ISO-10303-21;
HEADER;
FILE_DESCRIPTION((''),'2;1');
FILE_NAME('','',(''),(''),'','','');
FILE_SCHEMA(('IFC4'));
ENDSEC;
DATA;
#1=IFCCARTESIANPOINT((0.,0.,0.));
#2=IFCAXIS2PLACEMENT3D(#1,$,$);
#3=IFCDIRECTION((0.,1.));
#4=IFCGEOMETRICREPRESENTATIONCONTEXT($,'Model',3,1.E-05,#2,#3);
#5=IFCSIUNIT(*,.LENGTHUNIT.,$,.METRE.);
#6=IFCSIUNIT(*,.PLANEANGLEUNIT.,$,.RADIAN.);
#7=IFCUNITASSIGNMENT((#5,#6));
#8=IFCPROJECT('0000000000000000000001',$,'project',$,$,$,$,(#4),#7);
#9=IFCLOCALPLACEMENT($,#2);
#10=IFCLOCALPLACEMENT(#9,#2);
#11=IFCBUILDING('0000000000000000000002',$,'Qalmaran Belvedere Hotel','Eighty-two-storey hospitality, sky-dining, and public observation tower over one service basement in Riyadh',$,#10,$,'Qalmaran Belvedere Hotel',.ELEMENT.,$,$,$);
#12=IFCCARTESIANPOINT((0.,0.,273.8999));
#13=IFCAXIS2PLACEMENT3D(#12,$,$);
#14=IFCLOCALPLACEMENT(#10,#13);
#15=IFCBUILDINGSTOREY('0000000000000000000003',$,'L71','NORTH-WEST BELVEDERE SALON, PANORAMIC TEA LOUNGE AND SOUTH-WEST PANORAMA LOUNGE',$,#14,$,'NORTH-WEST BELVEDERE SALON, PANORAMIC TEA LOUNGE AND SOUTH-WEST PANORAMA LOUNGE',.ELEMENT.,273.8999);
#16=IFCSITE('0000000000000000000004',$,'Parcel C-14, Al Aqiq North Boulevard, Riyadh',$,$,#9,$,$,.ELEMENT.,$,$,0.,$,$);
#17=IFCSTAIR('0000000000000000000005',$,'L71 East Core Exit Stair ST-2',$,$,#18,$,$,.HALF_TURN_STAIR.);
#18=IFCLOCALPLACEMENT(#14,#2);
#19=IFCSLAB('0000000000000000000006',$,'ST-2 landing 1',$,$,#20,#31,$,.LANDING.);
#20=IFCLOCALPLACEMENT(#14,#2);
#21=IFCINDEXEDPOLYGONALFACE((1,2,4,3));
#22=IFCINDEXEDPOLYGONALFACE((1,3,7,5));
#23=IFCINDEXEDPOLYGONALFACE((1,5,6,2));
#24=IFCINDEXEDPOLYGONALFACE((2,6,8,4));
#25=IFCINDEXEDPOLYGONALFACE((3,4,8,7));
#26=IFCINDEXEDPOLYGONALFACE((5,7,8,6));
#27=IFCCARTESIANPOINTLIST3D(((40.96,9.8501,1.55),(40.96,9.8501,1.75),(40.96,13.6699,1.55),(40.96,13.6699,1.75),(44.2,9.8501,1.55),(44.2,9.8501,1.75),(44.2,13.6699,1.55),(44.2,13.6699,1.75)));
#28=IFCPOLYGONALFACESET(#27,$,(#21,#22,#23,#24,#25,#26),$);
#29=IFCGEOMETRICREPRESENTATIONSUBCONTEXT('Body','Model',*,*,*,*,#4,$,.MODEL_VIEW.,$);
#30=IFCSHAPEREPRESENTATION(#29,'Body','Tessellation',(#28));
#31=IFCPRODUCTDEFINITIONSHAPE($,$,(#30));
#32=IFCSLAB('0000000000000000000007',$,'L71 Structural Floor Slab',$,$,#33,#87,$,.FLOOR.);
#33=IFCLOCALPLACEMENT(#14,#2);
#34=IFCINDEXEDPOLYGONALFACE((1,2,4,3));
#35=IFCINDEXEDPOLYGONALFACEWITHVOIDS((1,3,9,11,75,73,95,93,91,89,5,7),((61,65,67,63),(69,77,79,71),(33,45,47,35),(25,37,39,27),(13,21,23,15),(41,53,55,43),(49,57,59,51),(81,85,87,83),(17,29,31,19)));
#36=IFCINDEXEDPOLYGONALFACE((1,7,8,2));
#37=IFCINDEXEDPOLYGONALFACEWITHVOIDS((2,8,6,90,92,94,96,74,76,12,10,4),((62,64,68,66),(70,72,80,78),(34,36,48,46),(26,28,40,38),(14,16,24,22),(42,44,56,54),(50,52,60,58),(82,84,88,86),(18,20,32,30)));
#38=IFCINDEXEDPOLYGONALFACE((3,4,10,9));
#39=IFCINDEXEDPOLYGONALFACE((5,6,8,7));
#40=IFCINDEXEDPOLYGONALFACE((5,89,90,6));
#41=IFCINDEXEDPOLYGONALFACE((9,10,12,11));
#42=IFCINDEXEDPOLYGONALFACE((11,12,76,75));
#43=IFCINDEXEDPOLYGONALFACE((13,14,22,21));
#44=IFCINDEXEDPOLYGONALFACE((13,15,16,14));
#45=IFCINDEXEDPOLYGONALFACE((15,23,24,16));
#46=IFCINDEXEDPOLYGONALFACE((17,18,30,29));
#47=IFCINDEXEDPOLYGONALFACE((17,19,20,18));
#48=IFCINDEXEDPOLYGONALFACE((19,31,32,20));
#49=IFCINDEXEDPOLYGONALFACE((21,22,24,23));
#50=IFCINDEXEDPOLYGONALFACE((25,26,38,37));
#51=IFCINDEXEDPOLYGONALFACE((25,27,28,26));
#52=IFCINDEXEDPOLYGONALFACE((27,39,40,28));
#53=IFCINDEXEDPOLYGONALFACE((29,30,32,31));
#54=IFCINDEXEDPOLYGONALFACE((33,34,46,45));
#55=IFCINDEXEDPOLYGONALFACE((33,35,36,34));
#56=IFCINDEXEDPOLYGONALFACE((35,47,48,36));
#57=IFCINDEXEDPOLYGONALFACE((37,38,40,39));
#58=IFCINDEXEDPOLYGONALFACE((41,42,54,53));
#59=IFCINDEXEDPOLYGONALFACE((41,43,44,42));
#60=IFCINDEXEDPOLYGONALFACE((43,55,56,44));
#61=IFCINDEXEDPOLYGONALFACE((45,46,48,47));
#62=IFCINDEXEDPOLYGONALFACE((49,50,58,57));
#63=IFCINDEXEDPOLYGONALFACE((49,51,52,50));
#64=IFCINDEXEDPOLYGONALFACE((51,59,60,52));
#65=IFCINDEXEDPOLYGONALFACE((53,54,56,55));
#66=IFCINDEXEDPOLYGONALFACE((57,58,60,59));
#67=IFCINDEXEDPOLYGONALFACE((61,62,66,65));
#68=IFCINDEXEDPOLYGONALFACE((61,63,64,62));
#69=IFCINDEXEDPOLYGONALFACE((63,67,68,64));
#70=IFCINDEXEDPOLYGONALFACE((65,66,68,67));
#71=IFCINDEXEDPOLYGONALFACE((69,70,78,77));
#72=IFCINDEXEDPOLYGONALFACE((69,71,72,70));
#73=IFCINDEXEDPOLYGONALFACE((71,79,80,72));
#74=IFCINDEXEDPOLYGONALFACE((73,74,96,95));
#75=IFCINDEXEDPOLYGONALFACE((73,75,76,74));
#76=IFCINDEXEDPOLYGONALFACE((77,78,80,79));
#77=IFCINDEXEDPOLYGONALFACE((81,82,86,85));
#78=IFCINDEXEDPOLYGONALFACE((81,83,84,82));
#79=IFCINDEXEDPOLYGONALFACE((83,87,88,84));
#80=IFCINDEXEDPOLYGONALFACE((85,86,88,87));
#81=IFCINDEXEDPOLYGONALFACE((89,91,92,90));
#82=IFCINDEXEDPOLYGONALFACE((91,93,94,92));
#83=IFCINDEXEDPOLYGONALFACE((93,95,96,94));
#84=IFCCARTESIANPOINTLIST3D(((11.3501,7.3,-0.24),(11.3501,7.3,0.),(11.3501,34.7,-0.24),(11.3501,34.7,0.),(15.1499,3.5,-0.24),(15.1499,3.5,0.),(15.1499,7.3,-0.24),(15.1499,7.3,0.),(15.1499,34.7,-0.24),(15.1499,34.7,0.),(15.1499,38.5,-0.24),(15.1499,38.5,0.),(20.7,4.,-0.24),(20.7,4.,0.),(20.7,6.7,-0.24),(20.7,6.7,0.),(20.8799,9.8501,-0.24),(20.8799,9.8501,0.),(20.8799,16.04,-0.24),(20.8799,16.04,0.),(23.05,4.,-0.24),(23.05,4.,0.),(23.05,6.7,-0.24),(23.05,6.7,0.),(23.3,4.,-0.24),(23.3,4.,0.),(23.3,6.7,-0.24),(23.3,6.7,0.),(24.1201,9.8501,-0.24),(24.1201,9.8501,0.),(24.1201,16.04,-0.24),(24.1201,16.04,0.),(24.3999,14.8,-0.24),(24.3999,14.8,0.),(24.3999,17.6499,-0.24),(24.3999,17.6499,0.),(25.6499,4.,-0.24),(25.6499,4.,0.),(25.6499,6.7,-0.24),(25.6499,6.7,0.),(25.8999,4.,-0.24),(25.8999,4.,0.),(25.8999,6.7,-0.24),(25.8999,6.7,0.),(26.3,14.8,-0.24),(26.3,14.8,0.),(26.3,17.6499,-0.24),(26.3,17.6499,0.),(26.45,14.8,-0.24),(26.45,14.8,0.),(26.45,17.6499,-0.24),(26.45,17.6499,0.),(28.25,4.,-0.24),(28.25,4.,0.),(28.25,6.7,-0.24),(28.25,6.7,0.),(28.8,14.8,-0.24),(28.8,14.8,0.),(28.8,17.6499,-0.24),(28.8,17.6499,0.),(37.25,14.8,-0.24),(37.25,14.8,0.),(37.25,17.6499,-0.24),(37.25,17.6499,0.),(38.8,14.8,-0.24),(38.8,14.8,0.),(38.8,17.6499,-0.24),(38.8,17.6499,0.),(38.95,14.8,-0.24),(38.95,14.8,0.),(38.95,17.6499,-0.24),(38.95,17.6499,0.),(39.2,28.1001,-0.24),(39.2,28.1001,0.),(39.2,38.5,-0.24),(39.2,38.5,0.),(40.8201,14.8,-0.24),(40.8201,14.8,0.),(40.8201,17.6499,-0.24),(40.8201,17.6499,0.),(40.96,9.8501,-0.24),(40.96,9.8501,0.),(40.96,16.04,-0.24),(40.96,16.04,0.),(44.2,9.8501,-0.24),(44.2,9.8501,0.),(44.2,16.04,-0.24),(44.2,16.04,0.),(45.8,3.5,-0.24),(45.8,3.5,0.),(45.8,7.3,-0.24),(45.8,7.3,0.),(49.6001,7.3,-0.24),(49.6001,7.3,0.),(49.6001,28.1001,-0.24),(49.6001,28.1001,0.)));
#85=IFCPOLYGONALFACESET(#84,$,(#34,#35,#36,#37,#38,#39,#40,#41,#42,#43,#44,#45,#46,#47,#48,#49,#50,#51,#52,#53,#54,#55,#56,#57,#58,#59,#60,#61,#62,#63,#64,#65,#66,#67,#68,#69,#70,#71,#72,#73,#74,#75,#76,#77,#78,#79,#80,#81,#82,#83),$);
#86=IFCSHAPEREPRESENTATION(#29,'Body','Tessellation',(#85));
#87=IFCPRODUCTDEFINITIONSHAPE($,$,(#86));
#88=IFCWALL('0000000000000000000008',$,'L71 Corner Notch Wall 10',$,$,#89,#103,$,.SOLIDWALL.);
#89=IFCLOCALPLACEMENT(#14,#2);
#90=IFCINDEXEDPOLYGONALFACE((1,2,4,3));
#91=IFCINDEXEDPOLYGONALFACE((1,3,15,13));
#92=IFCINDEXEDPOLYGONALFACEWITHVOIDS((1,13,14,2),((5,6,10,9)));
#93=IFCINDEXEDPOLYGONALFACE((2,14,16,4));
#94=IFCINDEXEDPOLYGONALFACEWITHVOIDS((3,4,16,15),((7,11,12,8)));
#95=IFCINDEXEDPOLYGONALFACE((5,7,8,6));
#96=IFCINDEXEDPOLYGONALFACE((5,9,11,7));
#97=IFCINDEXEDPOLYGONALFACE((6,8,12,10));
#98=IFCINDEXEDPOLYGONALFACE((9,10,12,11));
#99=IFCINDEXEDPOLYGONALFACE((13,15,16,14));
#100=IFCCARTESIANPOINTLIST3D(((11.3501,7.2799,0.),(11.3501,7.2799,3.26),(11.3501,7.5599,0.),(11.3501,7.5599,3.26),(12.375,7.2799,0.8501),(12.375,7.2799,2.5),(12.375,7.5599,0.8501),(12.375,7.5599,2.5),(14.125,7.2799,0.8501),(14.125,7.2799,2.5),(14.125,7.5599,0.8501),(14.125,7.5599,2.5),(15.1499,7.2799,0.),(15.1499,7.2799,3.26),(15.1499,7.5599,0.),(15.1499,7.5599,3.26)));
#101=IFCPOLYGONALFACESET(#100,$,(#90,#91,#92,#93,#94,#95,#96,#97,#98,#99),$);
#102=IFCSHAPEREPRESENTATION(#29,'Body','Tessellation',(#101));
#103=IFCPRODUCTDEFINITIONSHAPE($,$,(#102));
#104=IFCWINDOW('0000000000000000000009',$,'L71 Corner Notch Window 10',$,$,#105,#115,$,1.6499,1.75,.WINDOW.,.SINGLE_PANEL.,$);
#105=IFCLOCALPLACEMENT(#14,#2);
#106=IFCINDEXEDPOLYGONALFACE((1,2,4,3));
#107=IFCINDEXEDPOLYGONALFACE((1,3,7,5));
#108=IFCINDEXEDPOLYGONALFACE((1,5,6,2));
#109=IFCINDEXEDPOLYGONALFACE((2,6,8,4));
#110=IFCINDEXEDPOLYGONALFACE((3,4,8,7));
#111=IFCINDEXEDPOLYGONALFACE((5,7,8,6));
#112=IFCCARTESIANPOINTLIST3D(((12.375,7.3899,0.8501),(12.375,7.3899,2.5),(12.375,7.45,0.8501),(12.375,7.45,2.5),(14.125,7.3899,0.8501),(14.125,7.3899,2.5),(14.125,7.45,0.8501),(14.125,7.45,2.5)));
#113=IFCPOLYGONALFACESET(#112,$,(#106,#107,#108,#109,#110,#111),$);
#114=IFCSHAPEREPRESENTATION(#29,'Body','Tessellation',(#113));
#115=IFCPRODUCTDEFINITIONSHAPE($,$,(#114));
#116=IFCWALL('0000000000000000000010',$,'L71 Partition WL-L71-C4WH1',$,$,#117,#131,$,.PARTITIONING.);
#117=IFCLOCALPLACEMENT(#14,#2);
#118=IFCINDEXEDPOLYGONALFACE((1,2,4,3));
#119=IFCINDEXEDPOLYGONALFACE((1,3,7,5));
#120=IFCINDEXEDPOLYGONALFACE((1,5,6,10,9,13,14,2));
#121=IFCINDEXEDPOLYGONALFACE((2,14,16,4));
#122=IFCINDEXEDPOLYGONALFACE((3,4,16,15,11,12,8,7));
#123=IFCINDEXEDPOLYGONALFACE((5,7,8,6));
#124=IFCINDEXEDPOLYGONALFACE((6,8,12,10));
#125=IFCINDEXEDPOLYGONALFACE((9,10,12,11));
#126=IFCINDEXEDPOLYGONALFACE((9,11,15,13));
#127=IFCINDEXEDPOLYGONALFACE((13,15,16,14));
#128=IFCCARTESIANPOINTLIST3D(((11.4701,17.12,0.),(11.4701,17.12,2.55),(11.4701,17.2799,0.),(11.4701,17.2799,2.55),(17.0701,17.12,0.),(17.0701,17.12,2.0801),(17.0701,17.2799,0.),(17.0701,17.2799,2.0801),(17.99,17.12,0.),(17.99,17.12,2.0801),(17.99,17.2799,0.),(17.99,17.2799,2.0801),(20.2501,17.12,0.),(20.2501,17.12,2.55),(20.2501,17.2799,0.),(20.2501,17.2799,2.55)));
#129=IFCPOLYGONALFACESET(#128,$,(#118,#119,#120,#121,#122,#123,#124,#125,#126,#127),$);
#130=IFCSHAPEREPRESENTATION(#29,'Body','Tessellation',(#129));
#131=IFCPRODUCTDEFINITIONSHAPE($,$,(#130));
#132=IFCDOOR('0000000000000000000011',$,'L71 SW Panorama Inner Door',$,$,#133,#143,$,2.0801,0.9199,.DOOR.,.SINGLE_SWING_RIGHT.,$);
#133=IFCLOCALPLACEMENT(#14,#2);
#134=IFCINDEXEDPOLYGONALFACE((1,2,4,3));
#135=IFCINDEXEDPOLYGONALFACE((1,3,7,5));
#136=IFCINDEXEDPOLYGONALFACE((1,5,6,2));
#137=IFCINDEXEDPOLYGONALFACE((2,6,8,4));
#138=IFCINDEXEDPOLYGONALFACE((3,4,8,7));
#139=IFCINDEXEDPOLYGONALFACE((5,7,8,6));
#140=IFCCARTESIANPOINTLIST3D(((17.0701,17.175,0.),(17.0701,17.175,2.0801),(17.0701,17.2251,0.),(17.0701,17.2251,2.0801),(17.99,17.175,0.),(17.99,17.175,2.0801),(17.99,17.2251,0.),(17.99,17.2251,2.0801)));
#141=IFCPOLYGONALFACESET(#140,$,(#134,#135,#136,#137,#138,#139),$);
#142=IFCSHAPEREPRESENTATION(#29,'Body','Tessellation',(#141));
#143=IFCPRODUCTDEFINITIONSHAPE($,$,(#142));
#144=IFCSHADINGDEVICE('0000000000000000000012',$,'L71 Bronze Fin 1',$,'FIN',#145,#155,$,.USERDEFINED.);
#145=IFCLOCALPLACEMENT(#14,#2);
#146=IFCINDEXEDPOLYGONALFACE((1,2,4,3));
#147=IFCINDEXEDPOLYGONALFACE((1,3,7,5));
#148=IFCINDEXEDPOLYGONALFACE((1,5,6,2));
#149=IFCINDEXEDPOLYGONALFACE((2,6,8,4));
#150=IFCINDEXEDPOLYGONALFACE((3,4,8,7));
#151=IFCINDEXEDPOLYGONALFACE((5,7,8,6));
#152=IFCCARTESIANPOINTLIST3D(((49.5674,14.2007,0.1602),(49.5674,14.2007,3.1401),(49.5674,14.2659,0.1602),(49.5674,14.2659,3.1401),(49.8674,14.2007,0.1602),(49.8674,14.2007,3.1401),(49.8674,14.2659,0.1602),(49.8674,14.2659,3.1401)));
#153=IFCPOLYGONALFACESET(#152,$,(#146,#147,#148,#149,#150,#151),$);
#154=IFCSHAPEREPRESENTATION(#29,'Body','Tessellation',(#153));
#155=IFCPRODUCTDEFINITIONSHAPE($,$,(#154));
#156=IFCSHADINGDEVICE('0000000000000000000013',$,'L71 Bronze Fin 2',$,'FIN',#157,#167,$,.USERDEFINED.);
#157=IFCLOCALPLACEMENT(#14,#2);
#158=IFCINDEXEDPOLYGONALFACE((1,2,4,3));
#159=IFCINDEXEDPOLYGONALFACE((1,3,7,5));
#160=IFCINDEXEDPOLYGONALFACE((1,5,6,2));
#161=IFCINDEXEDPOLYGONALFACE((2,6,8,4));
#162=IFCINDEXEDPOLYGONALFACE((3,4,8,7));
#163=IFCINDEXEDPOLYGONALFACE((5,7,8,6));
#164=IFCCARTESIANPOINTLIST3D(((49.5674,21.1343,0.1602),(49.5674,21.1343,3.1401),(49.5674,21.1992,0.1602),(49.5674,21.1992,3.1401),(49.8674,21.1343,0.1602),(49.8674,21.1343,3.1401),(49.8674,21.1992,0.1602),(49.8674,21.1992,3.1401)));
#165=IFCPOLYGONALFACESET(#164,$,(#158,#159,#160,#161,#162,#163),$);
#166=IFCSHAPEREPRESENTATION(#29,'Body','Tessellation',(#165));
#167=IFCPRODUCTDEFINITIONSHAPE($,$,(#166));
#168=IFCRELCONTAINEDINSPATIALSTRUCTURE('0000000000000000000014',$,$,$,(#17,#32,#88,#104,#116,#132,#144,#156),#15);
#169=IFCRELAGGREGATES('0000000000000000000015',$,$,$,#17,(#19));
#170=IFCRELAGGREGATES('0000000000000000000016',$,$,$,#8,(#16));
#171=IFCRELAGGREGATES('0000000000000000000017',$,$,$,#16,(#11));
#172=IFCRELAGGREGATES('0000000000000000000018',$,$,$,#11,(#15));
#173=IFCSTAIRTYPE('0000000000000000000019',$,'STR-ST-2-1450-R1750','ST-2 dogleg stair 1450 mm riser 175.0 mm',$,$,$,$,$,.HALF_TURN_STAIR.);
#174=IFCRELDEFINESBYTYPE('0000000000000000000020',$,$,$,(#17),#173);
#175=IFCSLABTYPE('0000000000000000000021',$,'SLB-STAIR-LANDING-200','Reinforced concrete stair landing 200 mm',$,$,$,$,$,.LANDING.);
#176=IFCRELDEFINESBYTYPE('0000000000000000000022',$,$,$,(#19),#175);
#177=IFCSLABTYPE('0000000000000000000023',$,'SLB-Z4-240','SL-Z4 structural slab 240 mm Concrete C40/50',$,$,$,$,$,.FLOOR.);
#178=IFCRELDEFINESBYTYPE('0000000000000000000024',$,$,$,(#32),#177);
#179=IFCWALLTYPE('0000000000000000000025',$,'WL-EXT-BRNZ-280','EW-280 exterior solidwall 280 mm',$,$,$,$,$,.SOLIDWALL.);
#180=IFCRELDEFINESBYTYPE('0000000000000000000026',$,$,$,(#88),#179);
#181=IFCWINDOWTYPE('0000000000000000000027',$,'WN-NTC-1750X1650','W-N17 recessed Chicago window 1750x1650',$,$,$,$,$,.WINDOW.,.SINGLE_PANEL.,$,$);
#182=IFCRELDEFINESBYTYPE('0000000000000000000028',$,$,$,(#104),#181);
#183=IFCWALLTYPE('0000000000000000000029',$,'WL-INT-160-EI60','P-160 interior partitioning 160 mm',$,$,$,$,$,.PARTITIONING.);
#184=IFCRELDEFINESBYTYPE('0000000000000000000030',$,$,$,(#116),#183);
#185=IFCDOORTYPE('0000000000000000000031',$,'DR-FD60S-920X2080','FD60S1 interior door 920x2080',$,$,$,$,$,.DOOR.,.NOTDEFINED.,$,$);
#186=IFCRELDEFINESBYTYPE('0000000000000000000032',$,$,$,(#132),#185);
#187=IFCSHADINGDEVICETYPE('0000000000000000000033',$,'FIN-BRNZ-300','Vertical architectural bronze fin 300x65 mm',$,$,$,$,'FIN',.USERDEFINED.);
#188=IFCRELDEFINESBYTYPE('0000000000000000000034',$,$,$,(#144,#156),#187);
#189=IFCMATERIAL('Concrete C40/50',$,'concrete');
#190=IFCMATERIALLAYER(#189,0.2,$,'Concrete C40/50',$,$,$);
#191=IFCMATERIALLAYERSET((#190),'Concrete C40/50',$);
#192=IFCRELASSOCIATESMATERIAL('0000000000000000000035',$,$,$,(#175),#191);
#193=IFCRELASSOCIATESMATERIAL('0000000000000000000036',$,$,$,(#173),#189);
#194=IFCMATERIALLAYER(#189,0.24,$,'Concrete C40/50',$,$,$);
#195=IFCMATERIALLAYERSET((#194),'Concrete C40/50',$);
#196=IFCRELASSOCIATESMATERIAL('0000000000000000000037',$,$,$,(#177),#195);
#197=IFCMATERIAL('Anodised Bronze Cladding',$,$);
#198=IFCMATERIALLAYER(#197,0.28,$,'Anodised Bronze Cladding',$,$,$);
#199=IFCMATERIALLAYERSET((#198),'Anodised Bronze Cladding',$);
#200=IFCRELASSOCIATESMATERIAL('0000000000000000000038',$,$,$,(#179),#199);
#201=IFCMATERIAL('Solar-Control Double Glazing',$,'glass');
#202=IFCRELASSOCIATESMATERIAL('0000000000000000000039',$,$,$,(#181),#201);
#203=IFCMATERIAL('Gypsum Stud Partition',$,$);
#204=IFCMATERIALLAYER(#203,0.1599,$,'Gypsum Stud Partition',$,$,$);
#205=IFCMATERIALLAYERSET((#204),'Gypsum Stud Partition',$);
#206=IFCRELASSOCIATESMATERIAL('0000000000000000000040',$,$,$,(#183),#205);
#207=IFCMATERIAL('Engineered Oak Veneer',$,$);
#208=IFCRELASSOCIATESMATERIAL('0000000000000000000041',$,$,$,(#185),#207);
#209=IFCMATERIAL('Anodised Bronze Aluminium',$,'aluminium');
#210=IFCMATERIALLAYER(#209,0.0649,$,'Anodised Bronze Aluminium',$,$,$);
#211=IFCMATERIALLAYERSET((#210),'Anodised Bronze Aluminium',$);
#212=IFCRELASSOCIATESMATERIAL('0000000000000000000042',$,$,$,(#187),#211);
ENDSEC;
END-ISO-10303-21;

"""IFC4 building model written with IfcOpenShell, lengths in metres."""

from ifc_helpers import new_model, si_unit, direction, frame, frame_2d, origin, place, context, subcontext, project, spatial, polyline, rectangle, outline, extrude, material, layer, layer_set, type_object, element, fill, aggregate, save


model = new_model("IFC4")

# Units and contexts
model_context = context("Model", 3, precision=1e-05, world=origin(), true_north=direction((0.0, 1.0)))
body_context = subcontext(model_context, "Body", "Model", "MODEL_VIEW")
ifc_project = project(units=[si_unit("LENGTHUNIT", "METRE"), si_unit("PLANEANGLEUNIT", "RADIAN")], contexts=[model_context])

# Site, building, storey
site_placement = place(None, origin())
site = spatial("IfcSite", under=ifc_project, at=site_placement, Name="Parcel C-14, Al Aqiq North Boulevard, Riyadh", CompositionType="ELEMENT", RefElevation=0.0)
building_placement = place(site_placement, origin())
building = spatial("IfcBuilding", under=site, at=building_placement, Name="Qalmaran Belvedere Hotel", Description="Eighty-two-storey hospitality, sky-dining, and public observation tower over one service basement in Riyadh", LongName="Qalmaran Belvedere Hotel", CompositionType="ELEMENT")
storey_placement = place(building_placement, frame((0.0, 0.0, 273.8999)))
storey = spatial("IfcBuildingStorey", under=building, at=storey_placement, Name="L71", Description="NORTH-WEST BELVEDERE SALON, PANORAMIC TEA LOUNGE AND SOUTH-WEST PANORAMA LOUNGE", LongName="NORTH-WEST BELVEDERE SALON, PANORAMIC TEA LOUNGE AND SOUTH-WEST PANORAMA LOUNGE", CompositionType="ELEMENT", Elevation=273.8999)

# Shared definitions
ifc_material_1 = material(Name="Anodised Bronze Aluminium", Category="aluminium")

# Shared definitions
ifc_material_2 = material(Name="Solar-Control Double Glazing", Category="glass")

# Shared definitions
ifc_material_3 = material(Name="Concrete C40/50", Category="concrete")

# Stair, slab
ifc_layer_1 = layer(ifc_material_3, 0.2, Name="Concrete C40/50")
ifc_layer_set_1 = layer_set([ifc_layer_1], Name="Concrete C40/50")
slab_type_1 = type_object("IfcSlabType", Name="SLB-STAIR-LANDING-200", Description="Reinforced concrete stair landing 200 mm", PredefinedType="LANDING", material=ifc_layer_set_1)
stair_type_1 = type_object("IfcStairType", Name="STR-ST-2-1450-R1750", Description="ST-2 dogleg stair 1450 mm riser 175.0 mm", PredefinedType="HALF_TURN_STAIR", material=ifc_material_3)
stair_1_placement = place(storey_placement, origin())
stair_1 = element("IfcStair", 1, at=stair_1_placement, inside=storey, type_object=stair_type_1, Name="L71 East Core Exit Stair ST-2", PredefinedType="HALF_TURN_STAIR")
slab_1_placement = place(storey_placement, frame((0.0, 0.0, 1.55)))
slab_1 = element("IfcSlab", 2, at=slab_1_placement, type_object=slab_type_1, Name="ST-2 landing 1", PredefinedType="LANDING", context=body_context, shape_type="SweptSolid", body=[
    extrude(outline(polyline([(40.96, 13.6699), (40.96, 9.8501), (44.2, 9.8501), (44.2, 13.6699), (40.96, 13.6699)])), origin(), (0.0, 0.0, 1.0), 0.2),
])
aggregate(stair_1, [slab_1])

# Slab
ifc_layer_2 = layer(ifc_material_3, 0.24, Name="Concrete C40/50")
ifc_layer_set_2 = layer_set([ifc_layer_2], Name="Concrete C40/50")
slab_type_2 = type_object("IfcSlabType", Name="SLB-Z4-240", Description="SL-Z4 structural slab 240 mm Concrete C40/50", PredefinedType="FLOOR", material=ifc_layer_set_2)
slab_2_placement = place(storey_placement, frame((0.0, 0.0, -0.24)))
element("IfcSlab", 3, at=slab_2_placement, inside=storey, type_object=slab_type_2, Name="L71 Structural Floor Slab", PredefinedType="FLOOR", context=body_context, shape_type="SweptSolid", body=[
    extrude(outline(polyline([(15.1499, 3.5), (45.8, 3.5), (45.8, 7.3), (49.6001, 7.3), (49.6001, 28.1001), (39.2, 28.1001), (39.2, 38.5), (15.1499, 38.5), (15.1499, 34.7), (11.3501, 34.7), (11.3501, 7.3), (15.1499, 7.3), (15.1499, 3.5)]), holes=[polyline([(20.8799, 9.8501), (24.1201, 9.8501), (24.1201, 16.04), (20.8799, 16.04), (20.8799, 9.8501)]), polyline([(40.96, 9.8501), (44.2, 9.8501), (44.2, 16.04), (40.96, 16.04), (40.96, 9.8501)]), polyline([(20.7, 4.0), (23.05, 4.0), (23.05, 6.7), (20.7, 6.7), (20.7, 4.0)]), polyline([(23.3, 4.0), (25.6499, 4.0), (25.6499, 6.7), (23.3, 6.7), (23.3, 4.0)]), polyline([(25.8999, 4.0), (28.25, 4.0), (28.25, 6.7), (25.8999, 6.7), (25.8999, 4.0)]), polyline([(24.3999, 14.8), (26.3, 14.8), (26.3, 17.6499), (24.3999, 17.6499), (24.3999, 14.8)]), polyline([(38.95, 14.8), (40.8201, 14.8), (40.8201, 17.6499), (38.95, 17.6499), (38.95, 14.8)]), polyline([(26.45, 14.8), (28.8, 14.8), (28.8, 17.6499), (26.45, 17.6499), (26.45, 14.8)]), polyline([(37.25, 14.8), (38.8, 14.8), (38.8, 17.6499), (37.25, 17.6499), (37.25, 14.8)])]), origin(), (0.0, 0.0, 1.0), 0.24),
])

# Wall, opening, window
ifc_material_4 = material(Name="Anodised Bronze Cladding")
ifc_layer_3 = layer(ifc_material_4, 0.28, Name="Anodised Bronze Cladding")
ifc_layer_set_3 = layer_set([ifc_layer_3], Name="Anodised Bronze Cladding")
wall_type_1 = type_object("IfcWallType", Name="WL-EXT-BRNZ-280", Description="EW-280 exterior solidwall 280 mm", PredefinedType="SOLIDWALL", material=ifc_layer_set_3)
wall_1_placement = place(storey_placement, frame((11.3501, 7.4199, 0.0), z_axis=(0.0, 0.0, 1.0), x_axis=(1.0, 0.0, 0.0)))
wall_1 = element("IfcWall", 4, at=wall_1_placement, inside=storey, type_object=wall_type_1, Name="L71 Corner Notch Wall 10", PredefinedType="SOLIDWALL", context=body_context, shape_type="SweptSolid", body=[
    extrude(rectangle(XDim=3.7998, YDim=0.28, at=frame_2d((1.8999, 0.0))), origin(), (0.0, 0.0, 1.0), 3.26),
])
opening_1_placement = place(wall_1_placement, frame((1.0249, 0.0, 0.8501)))
opening_1 = element("IfcOpeningElement", 5, at=opening_1_placement, cuts=wall_1, PredefinedType="OPENING", context=body_context, shape_type="SweptSolid", body=[
    extrude(rectangle(XDim=1.75, YDim=1.6499, at=frame_2d((0.875, 0.825))), frame((0.0, 0.1499, 0.0), z_axis=(0.0, -1.0, 0.0), x_axis=(1.0, 0.0, 0.0)), (0.0, 0.0, 1.0), 0.3),
])
window_type = type_object("IfcWindowType", Name="WN-NTC-1750X1650", Description="W-N17 recessed Chicago window 1750x1650", PartitioningType="SINGLE_PANEL", PredefinedType="WINDOW", material=ifc_material_2)
window_placement = place(opening_1_placement, origin())
window = element("IfcWindow", 6, at=window_placement, inside=storey, type_object=window_type, Name="L71 Corner Notch Window 10", OverallHeight=1.6499, OverallWidth=1.75, PartitioningType="SINGLE_PANEL", PredefinedType="WINDOW", context=body_context, shape_type="SweptSolid", body=[
    extrude(rectangle(XDim=1.75, YDim=1.6499, at=frame_2d((0.875, 0.825))), frame((0.0, 0.03, 0.0), z_axis=(0.0, -1.0, 0.0), x_axis=(1.0, 0.0, 0.0)), (0.0, 0.0, 1.0), 0.0601),
])
fill(opening_1, window)

# Wall, opening, door
ifc_material_5 = material(Name="Gypsum Stud Partition")
ifc_layer_4 = layer(ifc_material_5, 0.1599, Name="Gypsum Stud Partition")
ifc_layer_set_4 = layer_set([ifc_layer_4], Name="Gypsum Stud Partition")
wall_type_2 = type_object("IfcWallType", Name="WL-INT-160-EI60", Description="P-160 interior partitioning 160 mm", PredefinedType="PARTITIONING", material=ifc_layer_set_4)
wall_2_placement = place(storey_placement, frame((11.47, 17.2, 0.0), z_axis=(0.0, 0.0, 1.0), x_axis=(1.0, 0.0, 0.0)))
wall_2 = element("IfcWall", 7, at=wall_2_placement, inside=storey, type_object=wall_type_2, Name="L71 Partition WL-L71-C4WH1", PredefinedType="PARTITIONING", context=body_context, shape_type="SweptSolid", body=[
    extrude(rectangle(XDim=8.78, YDim=0.1599, at=frame_2d((4.3901, 0.0))), origin(), (0.0, 0.0, 1.0), 2.55),
])
opening_2_placement = place(wall_2_placement, frame((6.52, 0.0, 0.0), z_axis=(0.0, 0.0, 1.0), x_axis=(-1.0, 0.0, 0.0)))
opening_2 = element("IfcOpeningElement", 8, at=opening_2_placement, cuts=wall_2, PredefinedType="OPENING", context=body_context, shape_type="SweptSolid", body=[
    extrude(rectangle(XDim=0.9199, YDim=2.0801, at=frame_2d((0.46, 1.04))), frame((0.0, 0.0898, 0.0), z_axis=(0.0, -1.0, 0.0), x_axis=(1.0, 0.0, 0.0)), (0.0, 0.0, 1.0), 0.1799),
])
ifc_material_6 = material(Name="Engineered Oak Veneer")
door_type = type_object("IfcDoorType", Name="DR-FD60S-920X2080", Description="FD60S1 interior door 920x2080", OperationType="NOTDEFINED", PredefinedType="DOOR", material=ifc_material_6)
door_placement = place(opening_2_placement, origin())
door = element("IfcDoor", 9, at=door_placement, inside=storey, type_object=door_type, Name="L71 SW Panorama Inner Door", OperationType="SINGLE_SWING_RIGHT", OverallHeight=2.0801, OverallWidth=0.9199, PredefinedType="DOOR", context=body_context, shape_type="SweptSolid", body=[
    extrude(rectangle(XDim=0.9199, YDim=2.0801, at=frame_2d((0.46, 1.04))), frame((0.0, 0.0249, 0.0), z_axis=(0.0, -1.0, 0.0), x_axis=(1.0, 0.0, 0.0)), (0.0, 0.0, 1.0), 0.05),
])
fill(opening_2, door)

# Shading devices
ifc_layer_5 = layer(ifc_material_1, 0.0649, Name="Anodised Bronze Aluminium")
ifc_layer_set_5 = layer_set([ifc_layer_5], Name="Anodised Bronze Aluminium")
shading_device_type = type_object("IfcShadingDeviceType", Name="FIN-BRNZ-300", Description="Vertical architectural bronze fin 300x65 mm", ElementType="FIN", PredefinedType="USERDEFINED", material=ifc_layer_set_5)
shading_device_1_placement = place(storey_placement, frame((0.0, 0.0, 0.1602)))
element("IfcShadingDevice", 10, at=shading_device_1_placement, inside=storey, type_object=shading_device_type, Name="L71 Bronze Fin 1", ObjectType="FIN", PredefinedType="USERDEFINED", context=body_context, shape_type="SweptSolid", body=[
    extrude(outline(polyline([(49.5674, 14.2007), (49.8674, 14.2007), (49.8674, 14.2659), (49.5674, 14.2659), (49.5674, 14.2007)])), origin(), (0.0, 0.0, 1.0), 2.98),
])
shading_device_2_placement = place(storey_placement, frame((0.0, 0.0, 0.1602)))
element("IfcShadingDevice", 11, at=shading_device_2_placement, inside=storey, type_object=shading_device_type, Name="L71 Bronze Fin 2", ObjectType="FIN", PredefinedType="USERDEFINED", context=body_context, shape_type="SweptSolid", body=[
    extrude(outline(polyline([(49.5674, 21.1343), (49.8674, 21.1343), (49.8674, 21.1992), (49.5674, 21.1992), (49.5674, 21.1343)])), origin(), (0.0, 0.0, 1.0), 2.98),
])

save(model, "model.ifc")
